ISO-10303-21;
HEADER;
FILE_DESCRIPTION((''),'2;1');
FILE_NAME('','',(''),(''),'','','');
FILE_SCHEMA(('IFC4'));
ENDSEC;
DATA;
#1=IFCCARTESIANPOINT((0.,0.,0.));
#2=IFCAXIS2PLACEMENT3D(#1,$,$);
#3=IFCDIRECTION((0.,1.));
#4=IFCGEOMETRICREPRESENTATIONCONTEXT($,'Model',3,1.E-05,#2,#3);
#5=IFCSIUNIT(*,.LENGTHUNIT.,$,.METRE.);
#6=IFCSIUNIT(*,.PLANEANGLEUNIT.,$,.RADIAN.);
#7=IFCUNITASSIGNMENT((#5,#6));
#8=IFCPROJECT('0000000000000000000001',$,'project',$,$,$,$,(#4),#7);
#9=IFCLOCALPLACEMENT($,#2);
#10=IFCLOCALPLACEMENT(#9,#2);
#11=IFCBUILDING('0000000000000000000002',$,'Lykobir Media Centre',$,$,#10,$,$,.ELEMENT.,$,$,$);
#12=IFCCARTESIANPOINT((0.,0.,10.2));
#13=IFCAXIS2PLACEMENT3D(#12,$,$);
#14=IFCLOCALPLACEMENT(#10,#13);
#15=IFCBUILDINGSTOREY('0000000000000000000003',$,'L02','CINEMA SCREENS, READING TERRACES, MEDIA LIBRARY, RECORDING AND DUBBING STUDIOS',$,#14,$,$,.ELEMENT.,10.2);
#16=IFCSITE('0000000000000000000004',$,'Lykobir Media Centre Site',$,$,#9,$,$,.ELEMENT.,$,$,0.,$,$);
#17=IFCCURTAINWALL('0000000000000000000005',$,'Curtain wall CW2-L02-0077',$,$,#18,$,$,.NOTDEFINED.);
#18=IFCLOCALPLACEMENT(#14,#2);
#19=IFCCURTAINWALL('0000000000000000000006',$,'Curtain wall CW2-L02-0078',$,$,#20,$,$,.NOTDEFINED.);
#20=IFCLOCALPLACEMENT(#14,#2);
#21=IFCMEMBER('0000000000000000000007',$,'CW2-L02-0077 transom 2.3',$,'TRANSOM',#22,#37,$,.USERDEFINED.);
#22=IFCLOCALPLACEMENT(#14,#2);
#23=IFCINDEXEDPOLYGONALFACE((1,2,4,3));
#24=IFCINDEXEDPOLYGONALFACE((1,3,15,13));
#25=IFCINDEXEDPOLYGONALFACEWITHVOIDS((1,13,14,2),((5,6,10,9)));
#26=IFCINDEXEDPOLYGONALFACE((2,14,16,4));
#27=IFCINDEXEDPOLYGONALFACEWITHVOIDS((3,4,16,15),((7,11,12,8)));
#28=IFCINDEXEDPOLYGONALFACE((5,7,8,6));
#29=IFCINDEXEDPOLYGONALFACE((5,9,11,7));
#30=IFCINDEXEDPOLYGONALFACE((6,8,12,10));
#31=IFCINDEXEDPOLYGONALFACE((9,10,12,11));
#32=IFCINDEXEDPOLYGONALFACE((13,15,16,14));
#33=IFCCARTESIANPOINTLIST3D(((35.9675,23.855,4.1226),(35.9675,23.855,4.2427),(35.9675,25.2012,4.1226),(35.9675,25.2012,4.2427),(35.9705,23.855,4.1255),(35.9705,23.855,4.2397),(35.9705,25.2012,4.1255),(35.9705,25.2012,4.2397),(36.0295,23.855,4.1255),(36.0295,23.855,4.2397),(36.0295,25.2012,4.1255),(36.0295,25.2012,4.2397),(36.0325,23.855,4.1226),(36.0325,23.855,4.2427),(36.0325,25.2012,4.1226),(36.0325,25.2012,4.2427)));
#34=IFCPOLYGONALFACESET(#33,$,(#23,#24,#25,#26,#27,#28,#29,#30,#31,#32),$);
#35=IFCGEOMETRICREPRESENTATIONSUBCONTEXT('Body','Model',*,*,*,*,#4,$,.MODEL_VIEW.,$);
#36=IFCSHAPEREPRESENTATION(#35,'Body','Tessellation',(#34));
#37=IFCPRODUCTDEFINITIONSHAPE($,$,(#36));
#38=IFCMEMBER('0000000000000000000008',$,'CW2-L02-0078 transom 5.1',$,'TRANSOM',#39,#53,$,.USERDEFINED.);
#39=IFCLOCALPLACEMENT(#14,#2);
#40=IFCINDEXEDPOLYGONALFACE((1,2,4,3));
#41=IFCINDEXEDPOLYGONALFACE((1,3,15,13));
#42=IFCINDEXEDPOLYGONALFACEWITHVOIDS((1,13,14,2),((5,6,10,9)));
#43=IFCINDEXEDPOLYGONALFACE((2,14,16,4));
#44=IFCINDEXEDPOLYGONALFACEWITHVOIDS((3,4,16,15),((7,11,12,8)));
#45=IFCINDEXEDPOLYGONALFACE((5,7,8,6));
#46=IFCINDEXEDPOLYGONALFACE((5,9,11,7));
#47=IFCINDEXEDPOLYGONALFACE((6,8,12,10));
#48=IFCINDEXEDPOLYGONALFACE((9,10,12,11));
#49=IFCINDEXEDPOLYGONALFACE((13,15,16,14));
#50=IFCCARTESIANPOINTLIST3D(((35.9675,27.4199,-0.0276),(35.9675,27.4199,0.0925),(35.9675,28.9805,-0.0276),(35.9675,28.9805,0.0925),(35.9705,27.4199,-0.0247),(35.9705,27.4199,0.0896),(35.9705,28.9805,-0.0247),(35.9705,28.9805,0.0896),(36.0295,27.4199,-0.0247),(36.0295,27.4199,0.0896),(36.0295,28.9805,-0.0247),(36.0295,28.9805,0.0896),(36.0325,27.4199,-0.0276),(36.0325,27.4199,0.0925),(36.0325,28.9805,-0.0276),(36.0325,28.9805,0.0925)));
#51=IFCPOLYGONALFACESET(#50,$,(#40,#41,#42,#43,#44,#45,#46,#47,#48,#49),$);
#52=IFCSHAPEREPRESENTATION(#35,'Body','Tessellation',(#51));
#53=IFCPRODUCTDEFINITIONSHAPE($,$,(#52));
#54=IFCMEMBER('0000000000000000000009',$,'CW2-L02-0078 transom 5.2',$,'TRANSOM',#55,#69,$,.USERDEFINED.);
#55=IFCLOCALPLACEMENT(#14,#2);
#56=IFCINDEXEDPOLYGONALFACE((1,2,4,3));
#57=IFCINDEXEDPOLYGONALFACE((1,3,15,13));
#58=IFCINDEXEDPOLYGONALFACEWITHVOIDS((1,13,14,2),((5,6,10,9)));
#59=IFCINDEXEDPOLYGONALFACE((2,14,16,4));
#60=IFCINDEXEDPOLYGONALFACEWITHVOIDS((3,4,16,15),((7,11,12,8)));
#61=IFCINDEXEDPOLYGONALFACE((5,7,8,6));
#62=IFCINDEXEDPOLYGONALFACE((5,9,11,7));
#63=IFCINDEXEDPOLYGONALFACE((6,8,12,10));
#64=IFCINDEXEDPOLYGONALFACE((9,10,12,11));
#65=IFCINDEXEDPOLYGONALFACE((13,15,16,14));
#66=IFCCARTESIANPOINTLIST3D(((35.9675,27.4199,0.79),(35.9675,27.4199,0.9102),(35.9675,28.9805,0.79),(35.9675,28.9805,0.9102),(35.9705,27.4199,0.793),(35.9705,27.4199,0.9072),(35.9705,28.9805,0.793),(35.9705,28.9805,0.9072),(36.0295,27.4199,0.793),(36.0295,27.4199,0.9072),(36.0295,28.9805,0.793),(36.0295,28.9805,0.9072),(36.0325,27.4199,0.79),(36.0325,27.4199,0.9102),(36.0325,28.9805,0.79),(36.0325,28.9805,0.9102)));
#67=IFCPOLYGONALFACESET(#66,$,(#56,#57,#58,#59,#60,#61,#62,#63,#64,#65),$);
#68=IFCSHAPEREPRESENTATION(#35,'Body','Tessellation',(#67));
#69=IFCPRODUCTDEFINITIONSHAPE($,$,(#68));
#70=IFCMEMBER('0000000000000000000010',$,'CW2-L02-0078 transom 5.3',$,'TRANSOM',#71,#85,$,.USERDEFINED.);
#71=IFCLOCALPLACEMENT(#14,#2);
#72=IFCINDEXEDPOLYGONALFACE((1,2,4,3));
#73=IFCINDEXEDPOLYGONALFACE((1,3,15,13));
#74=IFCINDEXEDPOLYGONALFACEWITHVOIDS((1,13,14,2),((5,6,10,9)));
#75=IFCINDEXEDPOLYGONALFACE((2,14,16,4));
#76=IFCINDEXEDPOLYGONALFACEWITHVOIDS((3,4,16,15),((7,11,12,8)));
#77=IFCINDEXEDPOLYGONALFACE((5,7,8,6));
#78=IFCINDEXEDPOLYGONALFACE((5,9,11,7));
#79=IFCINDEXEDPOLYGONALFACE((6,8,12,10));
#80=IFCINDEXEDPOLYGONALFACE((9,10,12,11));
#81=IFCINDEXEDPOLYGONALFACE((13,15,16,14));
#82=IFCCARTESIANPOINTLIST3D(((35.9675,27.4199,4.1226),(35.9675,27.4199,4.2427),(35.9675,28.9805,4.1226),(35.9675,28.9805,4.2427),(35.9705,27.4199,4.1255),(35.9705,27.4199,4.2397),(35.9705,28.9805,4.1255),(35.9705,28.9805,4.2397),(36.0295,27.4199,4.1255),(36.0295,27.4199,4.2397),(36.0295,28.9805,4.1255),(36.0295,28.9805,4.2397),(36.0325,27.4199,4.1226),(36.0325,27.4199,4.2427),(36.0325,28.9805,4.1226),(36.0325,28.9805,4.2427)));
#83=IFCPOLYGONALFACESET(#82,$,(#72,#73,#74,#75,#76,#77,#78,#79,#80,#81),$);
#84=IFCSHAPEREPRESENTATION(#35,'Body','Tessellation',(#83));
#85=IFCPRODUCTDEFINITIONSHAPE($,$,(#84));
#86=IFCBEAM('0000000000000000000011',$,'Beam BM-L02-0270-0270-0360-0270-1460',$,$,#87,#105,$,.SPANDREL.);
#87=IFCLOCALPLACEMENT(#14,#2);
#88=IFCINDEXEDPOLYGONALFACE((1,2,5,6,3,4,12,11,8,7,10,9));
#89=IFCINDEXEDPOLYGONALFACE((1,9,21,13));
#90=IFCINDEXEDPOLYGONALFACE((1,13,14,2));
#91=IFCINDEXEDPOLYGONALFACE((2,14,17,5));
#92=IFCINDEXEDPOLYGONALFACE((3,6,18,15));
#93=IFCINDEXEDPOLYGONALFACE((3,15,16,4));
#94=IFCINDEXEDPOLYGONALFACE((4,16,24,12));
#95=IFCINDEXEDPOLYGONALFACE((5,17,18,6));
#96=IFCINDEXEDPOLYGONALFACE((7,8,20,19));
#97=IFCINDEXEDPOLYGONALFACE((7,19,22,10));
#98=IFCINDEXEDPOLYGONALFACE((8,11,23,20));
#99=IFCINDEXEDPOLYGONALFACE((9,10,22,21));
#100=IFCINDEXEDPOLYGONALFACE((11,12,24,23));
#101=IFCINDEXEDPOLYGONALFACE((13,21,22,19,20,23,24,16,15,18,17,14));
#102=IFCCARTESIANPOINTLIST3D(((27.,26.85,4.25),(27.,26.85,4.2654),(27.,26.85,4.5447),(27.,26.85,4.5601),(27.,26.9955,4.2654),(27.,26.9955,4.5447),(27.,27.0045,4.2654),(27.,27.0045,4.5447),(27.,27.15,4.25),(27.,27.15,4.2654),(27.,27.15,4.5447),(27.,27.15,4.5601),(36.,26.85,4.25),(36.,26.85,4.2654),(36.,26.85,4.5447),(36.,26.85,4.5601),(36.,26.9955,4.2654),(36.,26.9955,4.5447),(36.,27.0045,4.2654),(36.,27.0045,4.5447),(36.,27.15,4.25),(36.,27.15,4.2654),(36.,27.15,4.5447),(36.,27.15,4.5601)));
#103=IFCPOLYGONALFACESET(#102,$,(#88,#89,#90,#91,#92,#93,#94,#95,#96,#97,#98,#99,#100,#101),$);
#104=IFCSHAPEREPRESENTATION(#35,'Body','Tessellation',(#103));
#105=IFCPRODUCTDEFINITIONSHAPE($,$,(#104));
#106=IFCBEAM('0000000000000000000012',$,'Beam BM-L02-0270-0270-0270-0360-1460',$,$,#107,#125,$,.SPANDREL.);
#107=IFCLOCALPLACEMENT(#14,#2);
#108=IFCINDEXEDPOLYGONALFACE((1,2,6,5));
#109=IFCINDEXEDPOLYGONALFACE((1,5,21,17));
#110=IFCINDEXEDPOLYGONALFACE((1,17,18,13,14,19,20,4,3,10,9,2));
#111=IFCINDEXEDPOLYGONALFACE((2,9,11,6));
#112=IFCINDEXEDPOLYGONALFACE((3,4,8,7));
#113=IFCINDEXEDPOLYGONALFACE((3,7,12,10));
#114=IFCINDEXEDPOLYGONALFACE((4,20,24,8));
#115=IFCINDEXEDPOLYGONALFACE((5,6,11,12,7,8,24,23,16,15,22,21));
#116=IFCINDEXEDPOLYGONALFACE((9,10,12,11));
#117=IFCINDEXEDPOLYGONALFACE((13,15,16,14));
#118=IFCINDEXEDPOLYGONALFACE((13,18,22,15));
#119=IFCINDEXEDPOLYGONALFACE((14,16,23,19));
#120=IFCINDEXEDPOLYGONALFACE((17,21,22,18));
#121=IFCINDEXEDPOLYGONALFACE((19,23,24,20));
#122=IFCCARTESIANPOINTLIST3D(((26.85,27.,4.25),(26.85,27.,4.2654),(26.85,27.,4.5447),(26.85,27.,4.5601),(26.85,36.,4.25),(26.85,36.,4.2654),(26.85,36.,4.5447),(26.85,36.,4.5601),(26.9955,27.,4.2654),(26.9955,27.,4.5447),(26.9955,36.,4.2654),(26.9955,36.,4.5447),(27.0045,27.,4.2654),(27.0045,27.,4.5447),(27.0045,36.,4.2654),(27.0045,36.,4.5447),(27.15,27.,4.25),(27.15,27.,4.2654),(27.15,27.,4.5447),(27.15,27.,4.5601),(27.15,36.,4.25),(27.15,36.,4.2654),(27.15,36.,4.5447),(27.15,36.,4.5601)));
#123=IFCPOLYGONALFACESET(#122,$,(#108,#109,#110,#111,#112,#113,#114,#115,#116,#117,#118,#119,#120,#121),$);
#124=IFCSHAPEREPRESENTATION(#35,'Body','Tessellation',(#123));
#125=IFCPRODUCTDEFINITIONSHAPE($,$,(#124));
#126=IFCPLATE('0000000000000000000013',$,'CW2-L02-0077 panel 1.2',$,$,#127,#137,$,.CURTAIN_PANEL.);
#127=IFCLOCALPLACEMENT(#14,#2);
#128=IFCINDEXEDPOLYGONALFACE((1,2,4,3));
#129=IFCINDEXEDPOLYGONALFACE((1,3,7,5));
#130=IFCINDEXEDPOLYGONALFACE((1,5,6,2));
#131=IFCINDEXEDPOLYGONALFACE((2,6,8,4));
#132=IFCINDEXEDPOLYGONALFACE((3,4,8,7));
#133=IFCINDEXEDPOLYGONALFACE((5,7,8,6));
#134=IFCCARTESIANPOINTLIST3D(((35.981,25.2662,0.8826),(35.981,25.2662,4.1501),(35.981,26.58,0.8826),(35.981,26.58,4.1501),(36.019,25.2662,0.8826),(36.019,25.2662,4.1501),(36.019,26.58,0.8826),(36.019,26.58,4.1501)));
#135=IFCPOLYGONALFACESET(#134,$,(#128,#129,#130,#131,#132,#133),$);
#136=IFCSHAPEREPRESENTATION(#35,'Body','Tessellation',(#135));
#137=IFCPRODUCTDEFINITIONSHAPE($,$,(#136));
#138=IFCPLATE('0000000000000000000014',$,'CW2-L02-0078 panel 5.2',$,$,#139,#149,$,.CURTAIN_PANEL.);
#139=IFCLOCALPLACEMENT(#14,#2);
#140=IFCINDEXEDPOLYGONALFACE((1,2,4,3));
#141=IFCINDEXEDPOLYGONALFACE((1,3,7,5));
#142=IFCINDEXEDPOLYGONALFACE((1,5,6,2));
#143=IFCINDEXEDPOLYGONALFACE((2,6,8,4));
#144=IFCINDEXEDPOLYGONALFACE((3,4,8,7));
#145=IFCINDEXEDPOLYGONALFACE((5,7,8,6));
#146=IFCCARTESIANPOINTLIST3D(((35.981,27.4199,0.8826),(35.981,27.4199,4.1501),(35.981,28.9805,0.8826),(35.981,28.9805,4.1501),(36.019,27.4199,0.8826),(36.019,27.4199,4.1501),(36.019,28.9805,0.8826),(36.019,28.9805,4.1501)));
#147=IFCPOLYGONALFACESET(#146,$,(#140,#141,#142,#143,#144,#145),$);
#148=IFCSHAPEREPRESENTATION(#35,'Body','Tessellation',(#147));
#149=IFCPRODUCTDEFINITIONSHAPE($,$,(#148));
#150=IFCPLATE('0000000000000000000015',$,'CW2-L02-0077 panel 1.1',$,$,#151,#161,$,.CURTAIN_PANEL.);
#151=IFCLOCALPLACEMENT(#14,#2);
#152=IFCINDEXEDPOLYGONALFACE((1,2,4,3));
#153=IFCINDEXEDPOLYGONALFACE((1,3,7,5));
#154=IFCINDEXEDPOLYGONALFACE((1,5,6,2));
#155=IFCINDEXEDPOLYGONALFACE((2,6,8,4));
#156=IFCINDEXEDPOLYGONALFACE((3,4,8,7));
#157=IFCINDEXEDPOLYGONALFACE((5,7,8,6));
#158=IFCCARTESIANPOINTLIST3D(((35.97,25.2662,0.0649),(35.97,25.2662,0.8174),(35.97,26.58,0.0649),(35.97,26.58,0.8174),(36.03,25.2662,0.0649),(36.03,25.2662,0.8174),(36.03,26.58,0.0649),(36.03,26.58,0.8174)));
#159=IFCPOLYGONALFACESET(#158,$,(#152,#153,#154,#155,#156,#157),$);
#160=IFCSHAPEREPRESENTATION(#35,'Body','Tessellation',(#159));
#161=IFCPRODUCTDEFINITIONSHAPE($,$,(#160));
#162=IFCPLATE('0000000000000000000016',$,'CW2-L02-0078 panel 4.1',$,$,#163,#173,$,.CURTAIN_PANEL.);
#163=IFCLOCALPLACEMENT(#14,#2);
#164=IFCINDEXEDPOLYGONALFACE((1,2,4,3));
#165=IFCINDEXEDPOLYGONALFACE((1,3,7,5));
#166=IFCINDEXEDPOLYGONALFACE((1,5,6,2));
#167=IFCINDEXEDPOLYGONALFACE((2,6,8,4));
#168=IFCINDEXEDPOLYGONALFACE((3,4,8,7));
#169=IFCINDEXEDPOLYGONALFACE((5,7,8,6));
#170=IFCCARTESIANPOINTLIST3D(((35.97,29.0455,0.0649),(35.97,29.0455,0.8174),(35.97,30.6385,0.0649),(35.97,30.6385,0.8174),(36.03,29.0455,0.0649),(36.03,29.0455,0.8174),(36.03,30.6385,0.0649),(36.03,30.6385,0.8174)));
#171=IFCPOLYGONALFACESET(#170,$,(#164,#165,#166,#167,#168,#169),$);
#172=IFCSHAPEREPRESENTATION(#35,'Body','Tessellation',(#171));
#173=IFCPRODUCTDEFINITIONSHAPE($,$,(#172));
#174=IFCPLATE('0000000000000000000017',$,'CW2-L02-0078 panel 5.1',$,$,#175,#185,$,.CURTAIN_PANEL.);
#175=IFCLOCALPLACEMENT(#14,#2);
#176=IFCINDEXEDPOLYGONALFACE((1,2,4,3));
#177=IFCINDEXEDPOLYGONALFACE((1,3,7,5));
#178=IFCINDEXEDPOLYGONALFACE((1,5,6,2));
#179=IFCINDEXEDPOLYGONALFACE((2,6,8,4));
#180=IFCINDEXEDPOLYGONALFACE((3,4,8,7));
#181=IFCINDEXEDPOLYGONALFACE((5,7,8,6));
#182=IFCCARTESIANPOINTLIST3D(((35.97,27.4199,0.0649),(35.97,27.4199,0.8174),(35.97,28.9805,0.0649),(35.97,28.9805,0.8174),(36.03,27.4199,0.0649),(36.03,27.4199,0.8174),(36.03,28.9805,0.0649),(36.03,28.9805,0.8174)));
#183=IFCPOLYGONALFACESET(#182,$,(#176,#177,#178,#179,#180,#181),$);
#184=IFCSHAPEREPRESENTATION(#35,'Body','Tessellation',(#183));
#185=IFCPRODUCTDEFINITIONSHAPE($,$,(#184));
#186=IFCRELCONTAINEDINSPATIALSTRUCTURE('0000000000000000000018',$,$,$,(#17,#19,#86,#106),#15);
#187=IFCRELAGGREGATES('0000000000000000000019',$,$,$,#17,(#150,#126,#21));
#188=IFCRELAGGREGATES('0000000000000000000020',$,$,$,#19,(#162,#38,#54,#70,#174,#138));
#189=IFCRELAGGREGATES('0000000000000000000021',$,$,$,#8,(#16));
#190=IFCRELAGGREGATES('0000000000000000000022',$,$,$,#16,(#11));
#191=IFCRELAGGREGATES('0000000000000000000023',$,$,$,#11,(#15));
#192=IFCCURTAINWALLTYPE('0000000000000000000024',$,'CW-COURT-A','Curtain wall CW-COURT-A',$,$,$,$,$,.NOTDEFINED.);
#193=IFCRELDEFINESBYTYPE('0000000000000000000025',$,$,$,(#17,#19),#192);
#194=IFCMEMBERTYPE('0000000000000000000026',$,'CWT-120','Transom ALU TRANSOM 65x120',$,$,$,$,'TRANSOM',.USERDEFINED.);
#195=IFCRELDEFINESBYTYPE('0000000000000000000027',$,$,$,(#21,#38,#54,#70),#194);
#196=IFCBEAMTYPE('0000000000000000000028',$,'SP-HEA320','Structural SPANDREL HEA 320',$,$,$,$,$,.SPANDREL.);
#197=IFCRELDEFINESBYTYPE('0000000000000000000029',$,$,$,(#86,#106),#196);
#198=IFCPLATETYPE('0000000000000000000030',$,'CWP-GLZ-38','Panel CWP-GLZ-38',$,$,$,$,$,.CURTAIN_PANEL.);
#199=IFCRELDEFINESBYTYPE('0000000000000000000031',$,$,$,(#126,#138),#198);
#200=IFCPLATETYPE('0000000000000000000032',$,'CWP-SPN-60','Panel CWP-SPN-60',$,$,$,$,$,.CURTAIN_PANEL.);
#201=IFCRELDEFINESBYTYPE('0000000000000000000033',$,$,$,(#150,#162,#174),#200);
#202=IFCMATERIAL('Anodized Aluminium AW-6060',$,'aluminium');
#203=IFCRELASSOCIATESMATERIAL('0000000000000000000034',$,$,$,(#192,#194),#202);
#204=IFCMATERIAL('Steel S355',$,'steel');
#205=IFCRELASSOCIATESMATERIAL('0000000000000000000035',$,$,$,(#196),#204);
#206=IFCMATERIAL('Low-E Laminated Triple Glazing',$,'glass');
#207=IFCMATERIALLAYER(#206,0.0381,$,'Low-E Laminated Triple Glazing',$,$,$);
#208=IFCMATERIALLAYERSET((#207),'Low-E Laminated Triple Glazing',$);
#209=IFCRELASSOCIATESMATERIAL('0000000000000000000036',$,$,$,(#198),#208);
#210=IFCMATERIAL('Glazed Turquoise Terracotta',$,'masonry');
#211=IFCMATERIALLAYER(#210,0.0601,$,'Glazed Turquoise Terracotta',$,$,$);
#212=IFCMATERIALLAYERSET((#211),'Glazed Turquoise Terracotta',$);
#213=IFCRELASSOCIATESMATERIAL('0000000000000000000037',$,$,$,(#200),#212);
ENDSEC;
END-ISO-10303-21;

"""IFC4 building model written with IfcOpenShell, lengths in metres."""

from ifc_helpers import new_model, si_unit, direction, frame, origin, origin_2d, place, context, subcontext, project, spatial, rectangle, hollow_rectangle, i_section, extrude, material, layer, layer_set, material_profile, profile_set, type_object, element, aggregate, save


model = new_model("IFC4")

# Units and contexts
model_context = context("Model", 3, precision=1e-05, world=origin(), true_north=direction((0.0, 1.0)))
body_context = subcontext(model_context, "Body", "Model", "MODEL_VIEW")
ifc_project = project(units=[si_unit("LENGTHUNIT", "METRE"), si_unit("PLANEANGLEUNIT", "RADIAN")], contexts=[model_context])

# Site, building, storey
site_placement = place(None, origin())
site = spatial("IfcSite", under=ifc_project, at=site_placement, Name="Lykobir Media Centre Site", CompositionType="ELEMENT", RefElevation=0.0)
building_placement = place(site_placement, origin())
building = spatial("IfcBuilding", under=site, at=building_placement, Name="Lykobir Media Centre", CompositionType="ELEMENT")
storey_placement = place(building_placement, frame((0.0, 0.0, 10.2)))
storey = spatial("IfcBuildingStorey", under=building, at=storey_placement, Name="L02", Description="CINEMA SCREENS, READING TERRACES, MEDIA LIBRARY, RECORDING AND DUBBING STUDIOS", CompositionType="ELEMENT", Elevation=10.2)

# Shared definitions
ifc_material_1 = material(Name="Steel S355", Category="steel")

# Curtain walls
ifc_material_2 = material(Name="Anodized Aluminium AW-6060", Category="aluminium")
curtain_wall_type = type_object("IfcCurtainWallType", Name="CW-COURT-A", Description="Curtain wall CW-COURT-A", PredefinedType="NOTDEFINED", material=ifc_material_2)
curtain_wall_1_placement = place(storey_placement, origin())
curtain_wall_1 = element("IfcCurtainWall", 1, at=curtain_wall_1_placement, inside=storey, type_object=curtain_wall_type, Name="Curtain wall CW2-L02-0077", PredefinedType="NOTDEFINED")
curtain_wall_2_placement = place(storey_placement, origin())
curtain_wall_2 = element("IfcCurtainWall", 2, at=curtain_wall_2_placement, inside=storey, type_object=curtain_wall_type, Name="Curtain wall CW2-L02-0078", PredefinedType="NOTDEFINED")

# Members
ifc_material_profile_1 = material_profile(ifc_material_2, hollow_rectangle(XDim=0.0649, YDim=0.1201, WallThickness=0.0029, at=origin_2d()), Name="ALU TRANSOM 65x120")
ifc_profile_set_1 = profile_set([ifc_material_profile_1], Name="Anodized Aluminium AW-6060")
member_type_1 = type_object("IfcMemberType", Name="CWT-120", Description="Transom ALU TRANSOM 65x120", ElementType="TRANSOM", PredefinedType="USERDEFINED", material=ifc_profile_set_1)
member_1_placement = place(storey_placement, frame((36.0, 25.2012, 4.1826), z_axis=(0.0, -1.0, 0.0), x_axis=(1.0, 0.0, 0.0)))
member_1 = element("IfcMember", 3, at=member_1_placement, type_object=member_type_1, Name="CW2-L02-0077 transom 2.3", ObjectType="TRANSOM", PredefinedType="USERDEFINED", context=body_context, shape_type="SweptSolid", body=[
    extrude(hollow_rectangle(XDim=0.0649, YDim=0.1201, WallThickness=0.0029, at=origin_2d()), origin(), (0.0, 0.0, 1.0), 1.3462),
])
member_2_placement = place(storey_placement, frame((36.0, 28.9805, 0.0325), z_axis=(0.0, -1.0, 0.0), x_axis=(1.0, 0.0, 0.0)))
member_2 = element("IfcMember", 4, at=member_2_placement, type_object=member_type_1, Name="CW2-L02-0078 transom 5.1", ObjectType="TRANSOM", PredefinedType="USERDEFINED", context=body_context, shape_type="SweptSolid", body=[
    extrude(hollow_rectangle(XDim=0.0649, YDim=0.1201, WallThickness=0.0029, at=origin_2d()), origin(), (0.0, 0.0, 1.0), 1.5605),
])
member_3_placement = place(storey_placement, frame((36.0, 28.9805, 0.8501), z_axis=(0.0, -1.0, 0.0), x_axis=(1.0, 0.0, 0.0)))
member_3 = element("IfcMember", 5, at=member_3_placement, type_object=member_type_1, Name="CW2-L02-0078 transom 5.2", ObjectType="TRANSOM", PredefinedType="USERDEFINED", context=body_context, shape_type="SweptSolid", body=[
    extrude(hollow_rectangle(XDim=0.0649, YDim=0.1201, WallThickness=0.0029, at=origin_2d()), origin(), (0.0, 0.0, 1.0), 1.5605),
])
member_4_placement = place(storey_placement, frame((36.0, 28.9805, 4.1826), z_axis=(0.0, -1.0, 0.0), x_axis=(1.0, 0.0, 0.0)))
member_4 = element("IfcMember", 6, at=member_4_placement, type_object=member_type_1, Name="CW2-L02-0078 transom 5.3", ObjectType="TRANSOM", PredefinedType="USERDEFINED", context=body_context, shape_type="SweptSolid", body=[
    extrude(hollow_rectangle(XDim=0.0649, YDim=0.1201, WallThickness=0.0029, at=origin_2d()), origin(), (0.0, 0.0, 1.0), 1.5605),
])

# Beams
ifc_material_profile_2 = material_profile(ifc_material_1, i_section(OverallWidth=0.3, OverallDepth=0.3101, WebThickness=0.009, FlangeThickness=0.0154, at=origin_2d()), Name="HEA 320")
ifc_profile_set_2 = profile_set([ifc_material_profile_2], Name="Steel S355")
beam_type_1 = type_object("IfcBeamType", Name="SP-HEA320", Description="Structural SPANDREL HEA 320", PredefinedType="SPANDREL", material=ifc_profile_set_2)
for number, where, z_axis, x_axis, name in (
    (7, (27.0, 27.0, 4.405), (1.0, 0.0, 0.0), (0.0, 1.0, 0.0), "Beam BM-L02-0270-0270-0360-0270-1460"),
    (8, (27.0, 27.0, 4.405), (0.0, 1.0, 0.0), (-1.0, 0.0, 0.0), "Beam BM-L02-0270-0270-0270-0360-1460"),
):
    element("IfcBeam", number, at=place(storey_placement, frame(where, z_axis=z_axis, x_axis=x_axis)), inside=storey, type_object=beam_type_1, Name=name, PredefinedType="SPANDREL", context=body_context, shape_type="SweptSolid", body=[
        extrude(i_section(OverallWidth=0.3, OverallDepth=0.3101, WebThickness=0.009, FlangeThickness=0.0154, at=origin_2d()), origin(), (0.0, 0.0, 1.0), 9.0),
    ])

# Plates
ifc_material_3 = material(Name="Low-E Laminated Triple Glazing", Category="glass")
ifc_layer_1 = layer(ifc_material_3, 0.0381, Name="Low-E Laminated Triple Glazing")
ifc_layer_set_1 = layer_set([ifc_layer_1], Name="Low-E Laminated Triple Glazing")
plate_type_1 = type_object("IfcPlateType", Name="CWP-GLZ-38", Description="Panel CWP-GLZ-38", PredefinedType="CURTAIN_PANEL", material=ifc_layer_set_1)
plate_1_placement = place(storey_placement, frame((36.0, 25.9231, 0.8826), z_axis=(0.0, 0.0, 1.0), x_axis=(0.0, -1.0, 0.0)))
plate_1 = element("IfcPlate", 9, at=plate_1_placement, type_object=plate_type_1, Name="CW2-L02-0077 panel 1.2", PredefinedType="CURTAIN_PANEL", context=body_context, shape_type="SweptSolid", body=[
    extrude(rectangle(XDim=1.3137, YDim=0.0381, at=origin_2d()), origin(), (0.0, 0.0, 1.0), 3.2676),
])
plate_2_placement = place(storey_placement, frame((36.0, 28.2002, 0.8826), z_axis=(0.0, 0.0, 1.0), x_axis=(0.0, -1.0, 0.0)))
plate_2 = element("IfcPlate", 10, at=plate_2_placement, type_object=plate_type_1, Name="CW2-L02-0078 panel 5.2", PredefinedType="CURTAIN_PANEL", context=body_context, shape_type="SweptSolid", body=[
    extrude(rectangle(XDim=1.5605, YDim=0.0381, at=origin_2d()), origin(), (0.0, 0.0, 1.0), 3.2676),
])
ifc_material_4 = material(Name="Glazed Turquoise Terracotta", Category="masonry")
ifc_layer_2 = layer(ifc_material_4, 0.0601, Name="Glazed Turquoise Terracotta")
ifc_layer_set_2 = layer_set([ifc_layer_2], Name="Glazed Turquoise Terracotta")
plate_type_2 = type_object("IfcPlateType", Name="CWP-SPN-60", Description="Panel CWP-SPN-60", PredefinedType="CURTAIN_PANEL", material=ifc_layer_set_2)
plate_3_placement = place(storey_placement, frame((36.0, 25.9231, 0.0649), z_axis=(0.0, 0.0, 1.0), x_axis=(0.0, -1.0, 0.0)))
plate_3 = element("IfcPlate", 11, at=plate_3_placement, type_object=plate_type_2, Name="CW2-L02-0077 panel 1.1", PredefinedType="CURTAIN_PANEL", context=body_context, shape_type="SweptSolid", body=[
    extrude(rectangle(XDim=1.3137, YDim=0.0601, at=origin_2d()), origin(), (0.0, 0.0, 1.0), 0.7524),
])
aggregate(curtain_wall_1, [plate_3, plate_1, member_1])
plate_4_placement = place(storey_placement, frame((36.0, 29.842, 0.0649), z_axis=(0.0, 0.0, 1.0), x_axis=(0.0, -1.0, 0.0)))
plate_4 = element("IfcPlate", 12, at=plate_4_placement, type_object=plate_type_2, Name="CW2-L02-0078 panel 4.1", PredefinedType="CURTAIN_PANEL", context=body_context, shape_type="SweptSolid", body=[
    extrude(rectangle(XDim=1.593, YDim=0.0601, at=origin_2d()), origin(), (0.0, 0.0, 1.0), 0.7524),
])
plate_5_placement = place(storey_placement, frame((36.0, 28.2002, 0.0649), z_axis=(0.0, 0.0, 1.0), x_axis=(0.0, -1.0, 0.0)))
plate_5 = element("IfcPlate", 13, at=plate_5_placement, type_object=plate_type_2, Name="CW2-L02-0078 panel 5.1", PredefinedType="CURTAIN_PANEL", context=body_context, shape_type="SweptSolid", body=[
    extrude(rectangle(XDim=1.5605, YDim=0.0601, at=origin_2d()), origin(), (0.0, 0.0, 1.0), 0.7524),
])
aggregate(curtain_wall_2, [plate_4, member_2, member_3, member_4, plate_5, plate_2])

save(model, "model.ifc")
